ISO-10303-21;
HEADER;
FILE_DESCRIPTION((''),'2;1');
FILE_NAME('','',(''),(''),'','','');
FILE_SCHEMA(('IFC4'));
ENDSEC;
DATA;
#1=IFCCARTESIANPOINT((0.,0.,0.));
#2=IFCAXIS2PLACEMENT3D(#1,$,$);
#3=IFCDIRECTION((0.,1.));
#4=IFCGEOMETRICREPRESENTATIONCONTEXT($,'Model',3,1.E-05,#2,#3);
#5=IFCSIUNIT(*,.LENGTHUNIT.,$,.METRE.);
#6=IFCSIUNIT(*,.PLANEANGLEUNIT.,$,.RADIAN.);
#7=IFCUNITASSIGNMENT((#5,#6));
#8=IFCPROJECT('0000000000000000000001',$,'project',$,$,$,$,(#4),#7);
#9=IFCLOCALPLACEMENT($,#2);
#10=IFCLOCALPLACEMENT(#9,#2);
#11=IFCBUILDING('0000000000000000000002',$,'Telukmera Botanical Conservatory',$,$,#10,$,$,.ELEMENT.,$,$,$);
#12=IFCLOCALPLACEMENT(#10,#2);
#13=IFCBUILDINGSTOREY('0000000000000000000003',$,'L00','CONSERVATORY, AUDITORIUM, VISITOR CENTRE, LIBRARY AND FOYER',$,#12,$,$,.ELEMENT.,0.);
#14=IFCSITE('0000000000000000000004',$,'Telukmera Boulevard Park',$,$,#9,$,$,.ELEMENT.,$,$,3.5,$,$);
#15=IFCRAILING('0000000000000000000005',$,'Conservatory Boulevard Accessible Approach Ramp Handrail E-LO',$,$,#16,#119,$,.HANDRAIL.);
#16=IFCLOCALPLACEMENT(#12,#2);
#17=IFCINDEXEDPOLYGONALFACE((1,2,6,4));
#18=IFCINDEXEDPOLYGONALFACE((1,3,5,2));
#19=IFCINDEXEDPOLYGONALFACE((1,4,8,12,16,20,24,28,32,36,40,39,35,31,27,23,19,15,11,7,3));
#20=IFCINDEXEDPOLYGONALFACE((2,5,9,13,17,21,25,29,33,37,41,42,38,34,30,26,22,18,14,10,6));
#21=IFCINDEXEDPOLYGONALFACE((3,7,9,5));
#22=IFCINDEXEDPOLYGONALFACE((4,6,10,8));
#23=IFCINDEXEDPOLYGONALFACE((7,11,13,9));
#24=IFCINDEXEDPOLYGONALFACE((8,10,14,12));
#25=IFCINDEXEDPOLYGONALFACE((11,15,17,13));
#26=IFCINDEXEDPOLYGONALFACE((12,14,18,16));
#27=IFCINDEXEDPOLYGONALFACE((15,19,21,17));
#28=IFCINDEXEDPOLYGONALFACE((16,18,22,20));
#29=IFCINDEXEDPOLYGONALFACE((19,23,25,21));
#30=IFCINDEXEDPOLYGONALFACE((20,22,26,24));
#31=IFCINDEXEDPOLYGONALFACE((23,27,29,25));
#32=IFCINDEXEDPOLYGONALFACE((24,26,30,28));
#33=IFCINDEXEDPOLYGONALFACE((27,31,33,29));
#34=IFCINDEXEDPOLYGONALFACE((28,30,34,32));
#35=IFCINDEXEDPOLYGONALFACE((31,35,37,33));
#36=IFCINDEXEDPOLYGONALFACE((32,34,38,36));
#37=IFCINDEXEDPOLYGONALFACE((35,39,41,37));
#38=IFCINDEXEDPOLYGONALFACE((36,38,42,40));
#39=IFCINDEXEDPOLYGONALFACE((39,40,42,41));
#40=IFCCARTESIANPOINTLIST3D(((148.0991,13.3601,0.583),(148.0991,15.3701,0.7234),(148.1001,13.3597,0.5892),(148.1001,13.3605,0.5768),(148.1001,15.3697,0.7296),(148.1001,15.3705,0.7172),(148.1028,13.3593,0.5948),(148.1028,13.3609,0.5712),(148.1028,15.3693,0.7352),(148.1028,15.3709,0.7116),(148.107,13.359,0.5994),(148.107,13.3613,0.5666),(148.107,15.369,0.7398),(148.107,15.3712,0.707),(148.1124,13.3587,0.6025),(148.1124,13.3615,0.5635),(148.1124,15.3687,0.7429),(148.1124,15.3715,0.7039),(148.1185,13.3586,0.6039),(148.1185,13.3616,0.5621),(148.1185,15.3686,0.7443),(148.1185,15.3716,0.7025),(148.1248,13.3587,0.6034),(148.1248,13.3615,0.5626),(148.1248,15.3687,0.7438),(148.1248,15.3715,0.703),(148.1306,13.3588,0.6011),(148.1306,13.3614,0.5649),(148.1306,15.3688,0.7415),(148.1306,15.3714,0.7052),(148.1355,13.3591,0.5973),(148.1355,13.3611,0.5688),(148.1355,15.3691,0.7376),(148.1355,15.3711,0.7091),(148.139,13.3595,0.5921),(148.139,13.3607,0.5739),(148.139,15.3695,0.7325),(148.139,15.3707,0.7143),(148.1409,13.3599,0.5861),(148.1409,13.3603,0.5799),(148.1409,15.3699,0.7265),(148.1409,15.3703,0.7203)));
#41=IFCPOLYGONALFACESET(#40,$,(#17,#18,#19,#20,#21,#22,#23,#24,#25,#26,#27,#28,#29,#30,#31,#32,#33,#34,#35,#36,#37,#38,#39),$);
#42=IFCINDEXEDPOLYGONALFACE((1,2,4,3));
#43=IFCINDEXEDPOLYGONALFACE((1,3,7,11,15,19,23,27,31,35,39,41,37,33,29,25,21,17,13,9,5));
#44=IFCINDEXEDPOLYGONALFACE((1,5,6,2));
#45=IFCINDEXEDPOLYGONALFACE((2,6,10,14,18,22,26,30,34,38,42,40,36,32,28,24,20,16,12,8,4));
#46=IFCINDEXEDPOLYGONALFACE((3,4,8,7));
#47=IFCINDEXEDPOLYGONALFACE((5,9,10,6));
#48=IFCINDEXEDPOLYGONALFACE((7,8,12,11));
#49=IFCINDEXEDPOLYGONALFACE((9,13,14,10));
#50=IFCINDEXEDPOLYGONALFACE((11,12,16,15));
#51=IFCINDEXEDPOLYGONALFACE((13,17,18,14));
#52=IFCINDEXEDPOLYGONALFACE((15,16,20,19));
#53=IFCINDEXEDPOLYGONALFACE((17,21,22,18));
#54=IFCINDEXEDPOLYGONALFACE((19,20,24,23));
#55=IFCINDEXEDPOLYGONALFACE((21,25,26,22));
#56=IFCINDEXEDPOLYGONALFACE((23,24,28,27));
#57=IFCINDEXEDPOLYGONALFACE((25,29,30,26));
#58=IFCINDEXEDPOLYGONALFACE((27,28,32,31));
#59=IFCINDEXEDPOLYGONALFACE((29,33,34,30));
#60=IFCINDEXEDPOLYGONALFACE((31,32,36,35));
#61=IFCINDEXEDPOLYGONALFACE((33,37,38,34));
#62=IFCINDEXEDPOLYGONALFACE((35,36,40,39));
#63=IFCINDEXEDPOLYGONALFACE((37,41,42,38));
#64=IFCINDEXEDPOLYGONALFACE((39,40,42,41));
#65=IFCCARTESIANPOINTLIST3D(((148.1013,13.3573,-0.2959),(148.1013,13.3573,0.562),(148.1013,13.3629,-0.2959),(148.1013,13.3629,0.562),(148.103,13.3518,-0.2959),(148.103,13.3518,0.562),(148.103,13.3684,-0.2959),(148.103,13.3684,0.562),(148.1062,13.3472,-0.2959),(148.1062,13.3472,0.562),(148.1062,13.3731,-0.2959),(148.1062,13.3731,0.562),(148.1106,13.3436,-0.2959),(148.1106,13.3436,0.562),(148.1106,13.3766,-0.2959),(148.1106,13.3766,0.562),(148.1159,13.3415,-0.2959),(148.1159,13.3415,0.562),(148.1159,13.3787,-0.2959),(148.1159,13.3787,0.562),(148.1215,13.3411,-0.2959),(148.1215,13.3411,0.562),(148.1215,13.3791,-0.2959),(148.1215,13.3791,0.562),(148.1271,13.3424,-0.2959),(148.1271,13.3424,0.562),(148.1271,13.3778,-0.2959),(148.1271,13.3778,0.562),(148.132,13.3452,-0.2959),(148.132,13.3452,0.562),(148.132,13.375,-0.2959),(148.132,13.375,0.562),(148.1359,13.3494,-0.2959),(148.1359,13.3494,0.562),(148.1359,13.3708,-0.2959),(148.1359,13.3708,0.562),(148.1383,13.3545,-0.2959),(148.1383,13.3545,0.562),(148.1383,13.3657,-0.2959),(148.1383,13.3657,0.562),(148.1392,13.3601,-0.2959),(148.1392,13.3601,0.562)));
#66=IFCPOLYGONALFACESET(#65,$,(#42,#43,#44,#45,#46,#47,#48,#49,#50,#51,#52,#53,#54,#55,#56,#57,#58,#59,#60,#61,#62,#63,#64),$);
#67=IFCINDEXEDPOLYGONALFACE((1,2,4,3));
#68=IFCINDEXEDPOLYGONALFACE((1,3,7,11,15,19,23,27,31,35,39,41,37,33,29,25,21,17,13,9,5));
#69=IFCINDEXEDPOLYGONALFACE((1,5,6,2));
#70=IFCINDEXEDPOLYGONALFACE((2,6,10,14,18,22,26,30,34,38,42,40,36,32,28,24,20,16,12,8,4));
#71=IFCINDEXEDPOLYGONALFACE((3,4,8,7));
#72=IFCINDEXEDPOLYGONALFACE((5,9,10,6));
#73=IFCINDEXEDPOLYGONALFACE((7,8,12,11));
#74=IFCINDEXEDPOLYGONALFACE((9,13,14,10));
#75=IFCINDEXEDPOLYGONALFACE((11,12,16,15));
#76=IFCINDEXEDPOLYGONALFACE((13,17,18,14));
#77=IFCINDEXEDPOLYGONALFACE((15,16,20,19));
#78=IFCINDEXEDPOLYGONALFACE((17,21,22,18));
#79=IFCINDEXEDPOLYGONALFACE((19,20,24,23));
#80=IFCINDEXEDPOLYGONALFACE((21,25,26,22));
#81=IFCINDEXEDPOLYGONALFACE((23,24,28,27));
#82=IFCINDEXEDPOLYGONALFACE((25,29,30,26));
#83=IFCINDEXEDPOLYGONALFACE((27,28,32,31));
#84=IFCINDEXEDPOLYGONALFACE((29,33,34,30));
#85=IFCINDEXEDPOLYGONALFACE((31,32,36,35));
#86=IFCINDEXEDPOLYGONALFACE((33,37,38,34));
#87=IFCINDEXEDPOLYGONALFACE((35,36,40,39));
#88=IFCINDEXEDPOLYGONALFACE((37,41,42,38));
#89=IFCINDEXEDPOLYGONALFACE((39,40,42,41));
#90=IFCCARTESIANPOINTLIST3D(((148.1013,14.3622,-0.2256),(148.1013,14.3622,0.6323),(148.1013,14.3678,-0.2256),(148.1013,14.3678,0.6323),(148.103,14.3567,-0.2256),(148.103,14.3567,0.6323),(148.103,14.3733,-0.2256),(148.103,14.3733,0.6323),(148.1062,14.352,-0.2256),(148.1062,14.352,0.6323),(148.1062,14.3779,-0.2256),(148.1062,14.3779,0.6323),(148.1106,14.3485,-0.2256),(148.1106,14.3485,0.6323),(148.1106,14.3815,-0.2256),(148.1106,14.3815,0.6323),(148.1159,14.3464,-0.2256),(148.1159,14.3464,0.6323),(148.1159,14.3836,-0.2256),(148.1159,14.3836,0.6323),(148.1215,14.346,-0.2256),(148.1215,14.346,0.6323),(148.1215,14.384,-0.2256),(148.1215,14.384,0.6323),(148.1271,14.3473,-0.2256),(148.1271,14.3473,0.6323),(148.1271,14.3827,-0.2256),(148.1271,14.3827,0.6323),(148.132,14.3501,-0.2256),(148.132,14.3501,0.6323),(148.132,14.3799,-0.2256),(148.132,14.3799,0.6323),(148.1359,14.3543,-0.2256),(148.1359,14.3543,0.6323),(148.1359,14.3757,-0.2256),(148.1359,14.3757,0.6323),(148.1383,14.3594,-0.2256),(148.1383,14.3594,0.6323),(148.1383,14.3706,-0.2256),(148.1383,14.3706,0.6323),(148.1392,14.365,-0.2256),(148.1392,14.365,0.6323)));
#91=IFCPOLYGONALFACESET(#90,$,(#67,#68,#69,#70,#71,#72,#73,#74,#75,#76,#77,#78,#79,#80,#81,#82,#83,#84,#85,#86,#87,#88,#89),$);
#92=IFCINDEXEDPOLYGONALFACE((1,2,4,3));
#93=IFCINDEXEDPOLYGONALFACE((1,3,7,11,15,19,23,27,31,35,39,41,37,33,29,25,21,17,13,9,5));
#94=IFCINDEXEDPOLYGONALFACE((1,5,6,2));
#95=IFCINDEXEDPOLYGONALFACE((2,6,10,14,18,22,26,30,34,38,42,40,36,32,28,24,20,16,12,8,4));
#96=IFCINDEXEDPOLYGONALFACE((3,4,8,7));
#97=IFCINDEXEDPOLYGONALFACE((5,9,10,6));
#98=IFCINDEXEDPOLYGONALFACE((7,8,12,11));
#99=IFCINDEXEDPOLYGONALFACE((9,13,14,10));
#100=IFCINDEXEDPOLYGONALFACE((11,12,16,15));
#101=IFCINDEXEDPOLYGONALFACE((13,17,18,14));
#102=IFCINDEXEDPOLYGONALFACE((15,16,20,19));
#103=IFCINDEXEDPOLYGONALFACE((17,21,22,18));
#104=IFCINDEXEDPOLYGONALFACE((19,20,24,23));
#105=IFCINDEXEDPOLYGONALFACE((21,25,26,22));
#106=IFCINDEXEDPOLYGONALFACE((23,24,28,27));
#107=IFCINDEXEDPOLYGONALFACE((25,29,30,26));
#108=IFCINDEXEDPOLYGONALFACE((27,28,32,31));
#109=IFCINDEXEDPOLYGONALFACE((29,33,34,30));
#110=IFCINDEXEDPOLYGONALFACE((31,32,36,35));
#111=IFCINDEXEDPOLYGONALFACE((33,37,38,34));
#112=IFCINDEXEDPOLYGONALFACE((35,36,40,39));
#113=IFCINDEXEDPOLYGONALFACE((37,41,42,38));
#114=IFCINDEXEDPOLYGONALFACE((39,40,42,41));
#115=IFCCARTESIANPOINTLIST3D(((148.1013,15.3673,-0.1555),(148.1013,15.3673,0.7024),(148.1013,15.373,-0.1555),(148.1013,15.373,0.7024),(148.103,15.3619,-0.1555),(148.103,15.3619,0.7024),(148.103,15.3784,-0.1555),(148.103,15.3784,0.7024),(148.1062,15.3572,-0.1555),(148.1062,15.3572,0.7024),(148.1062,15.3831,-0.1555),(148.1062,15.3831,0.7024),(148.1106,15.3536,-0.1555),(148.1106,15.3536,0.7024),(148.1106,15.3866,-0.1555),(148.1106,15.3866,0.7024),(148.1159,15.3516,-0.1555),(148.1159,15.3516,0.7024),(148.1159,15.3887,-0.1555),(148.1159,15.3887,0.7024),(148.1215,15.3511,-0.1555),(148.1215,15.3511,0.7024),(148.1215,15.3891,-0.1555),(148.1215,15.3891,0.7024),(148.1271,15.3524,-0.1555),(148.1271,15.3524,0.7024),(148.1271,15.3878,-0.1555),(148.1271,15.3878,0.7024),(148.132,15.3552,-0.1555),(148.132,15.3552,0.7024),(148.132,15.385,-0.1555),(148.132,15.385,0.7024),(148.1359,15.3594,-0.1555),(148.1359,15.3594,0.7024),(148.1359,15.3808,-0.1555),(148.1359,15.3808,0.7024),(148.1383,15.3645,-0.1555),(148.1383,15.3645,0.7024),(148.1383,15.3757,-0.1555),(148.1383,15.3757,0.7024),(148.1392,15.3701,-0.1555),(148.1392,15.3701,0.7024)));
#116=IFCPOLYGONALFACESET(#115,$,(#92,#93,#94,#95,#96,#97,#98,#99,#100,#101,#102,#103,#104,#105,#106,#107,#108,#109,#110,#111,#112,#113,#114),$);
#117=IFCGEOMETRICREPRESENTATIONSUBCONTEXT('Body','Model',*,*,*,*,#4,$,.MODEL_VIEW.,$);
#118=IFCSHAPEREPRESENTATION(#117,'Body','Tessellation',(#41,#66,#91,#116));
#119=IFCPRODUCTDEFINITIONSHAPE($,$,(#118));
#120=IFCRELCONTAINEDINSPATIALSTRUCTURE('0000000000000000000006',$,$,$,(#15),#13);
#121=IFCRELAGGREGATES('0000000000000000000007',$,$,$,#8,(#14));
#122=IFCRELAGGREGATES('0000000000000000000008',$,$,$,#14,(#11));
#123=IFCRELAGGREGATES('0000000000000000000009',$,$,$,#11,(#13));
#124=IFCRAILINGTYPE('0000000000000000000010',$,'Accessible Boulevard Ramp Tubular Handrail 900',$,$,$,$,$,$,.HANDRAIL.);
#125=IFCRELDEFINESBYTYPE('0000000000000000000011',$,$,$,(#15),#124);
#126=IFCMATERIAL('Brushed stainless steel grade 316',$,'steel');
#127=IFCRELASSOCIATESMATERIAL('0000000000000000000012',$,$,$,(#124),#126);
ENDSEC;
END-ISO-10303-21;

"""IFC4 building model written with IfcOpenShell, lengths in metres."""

from ifc_helpers import new_model, si_unit, direction, frame, origin, origin_2d, place, context, subcontext, project, spatial, circle, extrude, material, type_object, element, save


model = new_model("IFC4")

# Units and contexts
model_context = context("Model", 3, precision=1e-05, world=origin(), true_north=direction((0.0, 1.0)))
body_context = subcontext(model_context, "Body", "Model", "MODEL_VIEW")
ifc_project = project(units=[si_unit("LENGTHUNIT", "METRE"), si_unit("PLANEANGLEUNIT", "RADIAN")], contexts=[model_context])

# Site, building, storey
site_placement = place(None, origin())
site = spatial("IfcSite", under=ifc_project, at=site_placement, Name="Telukmera Boulevard Park", CompositionType="ELEMENT", RefElevation=3.5)
building_placement = place(site_placement, origin())
building = spatial("IfcBuilding", under=site, at=building_placement, Name="Telukmera Botanical Conservatory", CompositionType="ELEMENT")
storey_placement = place(building_placement, origin())
storey = spatial("IfcBuildingStorey", under=building, at=storey_placement, Name="L00", Description="CONSERVATORY, AUDITORIUM, VISITOR CENTRE, LIBRARY AND FOYER", CompositionType="ELEMENT", Elevation=0.0)

# Railing
ifc_material_1 = material(Name="Brushed stainless steel grade 316", Category="steel")
railing_type = type_object("IfcRailingType", Name="Accessible Boulevard Ramp Tubular Handrail 900", PredefinedType="HANDRAIL", material=ifc_material_1)
railing_1_placement = place(storey_placement, frame((148.1201, 13.3601, -0.2959)))
element("IfcRailing", 1, at=railing_1_placement, inside=storey, type_object=railing_type, Name="Conservatory Boulevard Accessible Approach Ramp Handrail E-LO", PredefinedType="HANDRAIL", context=body_context, shape_type="SweptSolid", body=[
    extrude(circle(Radius=0.021, at=origin_2d()), frame((0.0, 0.0, 0.8789), z_axis=(0.0, 0.99757, 0.069671), x_axis=(-1.0, 0.0, 0.0)), (0.0, 0.0, 1.0), 2.0149),
    extrude(circle(Radius=0.019, at=origin_2d()), origin(), (0.0, 0.0, 1.0), 0.8579),
    extrude(circle(Radius=0.019, at=origin_2d()), frame((0.0, 1.0049, 0.0703)), (0.0, 0.0, 1.0), 0.8579),
    extrude(circle(Radius=0.019, at=origin_2d()), frame((0.0, 2.01, 0.1404)), (0.0, 0.0, 1.0), 0.8579),
])

save(model, "model.ifc")
